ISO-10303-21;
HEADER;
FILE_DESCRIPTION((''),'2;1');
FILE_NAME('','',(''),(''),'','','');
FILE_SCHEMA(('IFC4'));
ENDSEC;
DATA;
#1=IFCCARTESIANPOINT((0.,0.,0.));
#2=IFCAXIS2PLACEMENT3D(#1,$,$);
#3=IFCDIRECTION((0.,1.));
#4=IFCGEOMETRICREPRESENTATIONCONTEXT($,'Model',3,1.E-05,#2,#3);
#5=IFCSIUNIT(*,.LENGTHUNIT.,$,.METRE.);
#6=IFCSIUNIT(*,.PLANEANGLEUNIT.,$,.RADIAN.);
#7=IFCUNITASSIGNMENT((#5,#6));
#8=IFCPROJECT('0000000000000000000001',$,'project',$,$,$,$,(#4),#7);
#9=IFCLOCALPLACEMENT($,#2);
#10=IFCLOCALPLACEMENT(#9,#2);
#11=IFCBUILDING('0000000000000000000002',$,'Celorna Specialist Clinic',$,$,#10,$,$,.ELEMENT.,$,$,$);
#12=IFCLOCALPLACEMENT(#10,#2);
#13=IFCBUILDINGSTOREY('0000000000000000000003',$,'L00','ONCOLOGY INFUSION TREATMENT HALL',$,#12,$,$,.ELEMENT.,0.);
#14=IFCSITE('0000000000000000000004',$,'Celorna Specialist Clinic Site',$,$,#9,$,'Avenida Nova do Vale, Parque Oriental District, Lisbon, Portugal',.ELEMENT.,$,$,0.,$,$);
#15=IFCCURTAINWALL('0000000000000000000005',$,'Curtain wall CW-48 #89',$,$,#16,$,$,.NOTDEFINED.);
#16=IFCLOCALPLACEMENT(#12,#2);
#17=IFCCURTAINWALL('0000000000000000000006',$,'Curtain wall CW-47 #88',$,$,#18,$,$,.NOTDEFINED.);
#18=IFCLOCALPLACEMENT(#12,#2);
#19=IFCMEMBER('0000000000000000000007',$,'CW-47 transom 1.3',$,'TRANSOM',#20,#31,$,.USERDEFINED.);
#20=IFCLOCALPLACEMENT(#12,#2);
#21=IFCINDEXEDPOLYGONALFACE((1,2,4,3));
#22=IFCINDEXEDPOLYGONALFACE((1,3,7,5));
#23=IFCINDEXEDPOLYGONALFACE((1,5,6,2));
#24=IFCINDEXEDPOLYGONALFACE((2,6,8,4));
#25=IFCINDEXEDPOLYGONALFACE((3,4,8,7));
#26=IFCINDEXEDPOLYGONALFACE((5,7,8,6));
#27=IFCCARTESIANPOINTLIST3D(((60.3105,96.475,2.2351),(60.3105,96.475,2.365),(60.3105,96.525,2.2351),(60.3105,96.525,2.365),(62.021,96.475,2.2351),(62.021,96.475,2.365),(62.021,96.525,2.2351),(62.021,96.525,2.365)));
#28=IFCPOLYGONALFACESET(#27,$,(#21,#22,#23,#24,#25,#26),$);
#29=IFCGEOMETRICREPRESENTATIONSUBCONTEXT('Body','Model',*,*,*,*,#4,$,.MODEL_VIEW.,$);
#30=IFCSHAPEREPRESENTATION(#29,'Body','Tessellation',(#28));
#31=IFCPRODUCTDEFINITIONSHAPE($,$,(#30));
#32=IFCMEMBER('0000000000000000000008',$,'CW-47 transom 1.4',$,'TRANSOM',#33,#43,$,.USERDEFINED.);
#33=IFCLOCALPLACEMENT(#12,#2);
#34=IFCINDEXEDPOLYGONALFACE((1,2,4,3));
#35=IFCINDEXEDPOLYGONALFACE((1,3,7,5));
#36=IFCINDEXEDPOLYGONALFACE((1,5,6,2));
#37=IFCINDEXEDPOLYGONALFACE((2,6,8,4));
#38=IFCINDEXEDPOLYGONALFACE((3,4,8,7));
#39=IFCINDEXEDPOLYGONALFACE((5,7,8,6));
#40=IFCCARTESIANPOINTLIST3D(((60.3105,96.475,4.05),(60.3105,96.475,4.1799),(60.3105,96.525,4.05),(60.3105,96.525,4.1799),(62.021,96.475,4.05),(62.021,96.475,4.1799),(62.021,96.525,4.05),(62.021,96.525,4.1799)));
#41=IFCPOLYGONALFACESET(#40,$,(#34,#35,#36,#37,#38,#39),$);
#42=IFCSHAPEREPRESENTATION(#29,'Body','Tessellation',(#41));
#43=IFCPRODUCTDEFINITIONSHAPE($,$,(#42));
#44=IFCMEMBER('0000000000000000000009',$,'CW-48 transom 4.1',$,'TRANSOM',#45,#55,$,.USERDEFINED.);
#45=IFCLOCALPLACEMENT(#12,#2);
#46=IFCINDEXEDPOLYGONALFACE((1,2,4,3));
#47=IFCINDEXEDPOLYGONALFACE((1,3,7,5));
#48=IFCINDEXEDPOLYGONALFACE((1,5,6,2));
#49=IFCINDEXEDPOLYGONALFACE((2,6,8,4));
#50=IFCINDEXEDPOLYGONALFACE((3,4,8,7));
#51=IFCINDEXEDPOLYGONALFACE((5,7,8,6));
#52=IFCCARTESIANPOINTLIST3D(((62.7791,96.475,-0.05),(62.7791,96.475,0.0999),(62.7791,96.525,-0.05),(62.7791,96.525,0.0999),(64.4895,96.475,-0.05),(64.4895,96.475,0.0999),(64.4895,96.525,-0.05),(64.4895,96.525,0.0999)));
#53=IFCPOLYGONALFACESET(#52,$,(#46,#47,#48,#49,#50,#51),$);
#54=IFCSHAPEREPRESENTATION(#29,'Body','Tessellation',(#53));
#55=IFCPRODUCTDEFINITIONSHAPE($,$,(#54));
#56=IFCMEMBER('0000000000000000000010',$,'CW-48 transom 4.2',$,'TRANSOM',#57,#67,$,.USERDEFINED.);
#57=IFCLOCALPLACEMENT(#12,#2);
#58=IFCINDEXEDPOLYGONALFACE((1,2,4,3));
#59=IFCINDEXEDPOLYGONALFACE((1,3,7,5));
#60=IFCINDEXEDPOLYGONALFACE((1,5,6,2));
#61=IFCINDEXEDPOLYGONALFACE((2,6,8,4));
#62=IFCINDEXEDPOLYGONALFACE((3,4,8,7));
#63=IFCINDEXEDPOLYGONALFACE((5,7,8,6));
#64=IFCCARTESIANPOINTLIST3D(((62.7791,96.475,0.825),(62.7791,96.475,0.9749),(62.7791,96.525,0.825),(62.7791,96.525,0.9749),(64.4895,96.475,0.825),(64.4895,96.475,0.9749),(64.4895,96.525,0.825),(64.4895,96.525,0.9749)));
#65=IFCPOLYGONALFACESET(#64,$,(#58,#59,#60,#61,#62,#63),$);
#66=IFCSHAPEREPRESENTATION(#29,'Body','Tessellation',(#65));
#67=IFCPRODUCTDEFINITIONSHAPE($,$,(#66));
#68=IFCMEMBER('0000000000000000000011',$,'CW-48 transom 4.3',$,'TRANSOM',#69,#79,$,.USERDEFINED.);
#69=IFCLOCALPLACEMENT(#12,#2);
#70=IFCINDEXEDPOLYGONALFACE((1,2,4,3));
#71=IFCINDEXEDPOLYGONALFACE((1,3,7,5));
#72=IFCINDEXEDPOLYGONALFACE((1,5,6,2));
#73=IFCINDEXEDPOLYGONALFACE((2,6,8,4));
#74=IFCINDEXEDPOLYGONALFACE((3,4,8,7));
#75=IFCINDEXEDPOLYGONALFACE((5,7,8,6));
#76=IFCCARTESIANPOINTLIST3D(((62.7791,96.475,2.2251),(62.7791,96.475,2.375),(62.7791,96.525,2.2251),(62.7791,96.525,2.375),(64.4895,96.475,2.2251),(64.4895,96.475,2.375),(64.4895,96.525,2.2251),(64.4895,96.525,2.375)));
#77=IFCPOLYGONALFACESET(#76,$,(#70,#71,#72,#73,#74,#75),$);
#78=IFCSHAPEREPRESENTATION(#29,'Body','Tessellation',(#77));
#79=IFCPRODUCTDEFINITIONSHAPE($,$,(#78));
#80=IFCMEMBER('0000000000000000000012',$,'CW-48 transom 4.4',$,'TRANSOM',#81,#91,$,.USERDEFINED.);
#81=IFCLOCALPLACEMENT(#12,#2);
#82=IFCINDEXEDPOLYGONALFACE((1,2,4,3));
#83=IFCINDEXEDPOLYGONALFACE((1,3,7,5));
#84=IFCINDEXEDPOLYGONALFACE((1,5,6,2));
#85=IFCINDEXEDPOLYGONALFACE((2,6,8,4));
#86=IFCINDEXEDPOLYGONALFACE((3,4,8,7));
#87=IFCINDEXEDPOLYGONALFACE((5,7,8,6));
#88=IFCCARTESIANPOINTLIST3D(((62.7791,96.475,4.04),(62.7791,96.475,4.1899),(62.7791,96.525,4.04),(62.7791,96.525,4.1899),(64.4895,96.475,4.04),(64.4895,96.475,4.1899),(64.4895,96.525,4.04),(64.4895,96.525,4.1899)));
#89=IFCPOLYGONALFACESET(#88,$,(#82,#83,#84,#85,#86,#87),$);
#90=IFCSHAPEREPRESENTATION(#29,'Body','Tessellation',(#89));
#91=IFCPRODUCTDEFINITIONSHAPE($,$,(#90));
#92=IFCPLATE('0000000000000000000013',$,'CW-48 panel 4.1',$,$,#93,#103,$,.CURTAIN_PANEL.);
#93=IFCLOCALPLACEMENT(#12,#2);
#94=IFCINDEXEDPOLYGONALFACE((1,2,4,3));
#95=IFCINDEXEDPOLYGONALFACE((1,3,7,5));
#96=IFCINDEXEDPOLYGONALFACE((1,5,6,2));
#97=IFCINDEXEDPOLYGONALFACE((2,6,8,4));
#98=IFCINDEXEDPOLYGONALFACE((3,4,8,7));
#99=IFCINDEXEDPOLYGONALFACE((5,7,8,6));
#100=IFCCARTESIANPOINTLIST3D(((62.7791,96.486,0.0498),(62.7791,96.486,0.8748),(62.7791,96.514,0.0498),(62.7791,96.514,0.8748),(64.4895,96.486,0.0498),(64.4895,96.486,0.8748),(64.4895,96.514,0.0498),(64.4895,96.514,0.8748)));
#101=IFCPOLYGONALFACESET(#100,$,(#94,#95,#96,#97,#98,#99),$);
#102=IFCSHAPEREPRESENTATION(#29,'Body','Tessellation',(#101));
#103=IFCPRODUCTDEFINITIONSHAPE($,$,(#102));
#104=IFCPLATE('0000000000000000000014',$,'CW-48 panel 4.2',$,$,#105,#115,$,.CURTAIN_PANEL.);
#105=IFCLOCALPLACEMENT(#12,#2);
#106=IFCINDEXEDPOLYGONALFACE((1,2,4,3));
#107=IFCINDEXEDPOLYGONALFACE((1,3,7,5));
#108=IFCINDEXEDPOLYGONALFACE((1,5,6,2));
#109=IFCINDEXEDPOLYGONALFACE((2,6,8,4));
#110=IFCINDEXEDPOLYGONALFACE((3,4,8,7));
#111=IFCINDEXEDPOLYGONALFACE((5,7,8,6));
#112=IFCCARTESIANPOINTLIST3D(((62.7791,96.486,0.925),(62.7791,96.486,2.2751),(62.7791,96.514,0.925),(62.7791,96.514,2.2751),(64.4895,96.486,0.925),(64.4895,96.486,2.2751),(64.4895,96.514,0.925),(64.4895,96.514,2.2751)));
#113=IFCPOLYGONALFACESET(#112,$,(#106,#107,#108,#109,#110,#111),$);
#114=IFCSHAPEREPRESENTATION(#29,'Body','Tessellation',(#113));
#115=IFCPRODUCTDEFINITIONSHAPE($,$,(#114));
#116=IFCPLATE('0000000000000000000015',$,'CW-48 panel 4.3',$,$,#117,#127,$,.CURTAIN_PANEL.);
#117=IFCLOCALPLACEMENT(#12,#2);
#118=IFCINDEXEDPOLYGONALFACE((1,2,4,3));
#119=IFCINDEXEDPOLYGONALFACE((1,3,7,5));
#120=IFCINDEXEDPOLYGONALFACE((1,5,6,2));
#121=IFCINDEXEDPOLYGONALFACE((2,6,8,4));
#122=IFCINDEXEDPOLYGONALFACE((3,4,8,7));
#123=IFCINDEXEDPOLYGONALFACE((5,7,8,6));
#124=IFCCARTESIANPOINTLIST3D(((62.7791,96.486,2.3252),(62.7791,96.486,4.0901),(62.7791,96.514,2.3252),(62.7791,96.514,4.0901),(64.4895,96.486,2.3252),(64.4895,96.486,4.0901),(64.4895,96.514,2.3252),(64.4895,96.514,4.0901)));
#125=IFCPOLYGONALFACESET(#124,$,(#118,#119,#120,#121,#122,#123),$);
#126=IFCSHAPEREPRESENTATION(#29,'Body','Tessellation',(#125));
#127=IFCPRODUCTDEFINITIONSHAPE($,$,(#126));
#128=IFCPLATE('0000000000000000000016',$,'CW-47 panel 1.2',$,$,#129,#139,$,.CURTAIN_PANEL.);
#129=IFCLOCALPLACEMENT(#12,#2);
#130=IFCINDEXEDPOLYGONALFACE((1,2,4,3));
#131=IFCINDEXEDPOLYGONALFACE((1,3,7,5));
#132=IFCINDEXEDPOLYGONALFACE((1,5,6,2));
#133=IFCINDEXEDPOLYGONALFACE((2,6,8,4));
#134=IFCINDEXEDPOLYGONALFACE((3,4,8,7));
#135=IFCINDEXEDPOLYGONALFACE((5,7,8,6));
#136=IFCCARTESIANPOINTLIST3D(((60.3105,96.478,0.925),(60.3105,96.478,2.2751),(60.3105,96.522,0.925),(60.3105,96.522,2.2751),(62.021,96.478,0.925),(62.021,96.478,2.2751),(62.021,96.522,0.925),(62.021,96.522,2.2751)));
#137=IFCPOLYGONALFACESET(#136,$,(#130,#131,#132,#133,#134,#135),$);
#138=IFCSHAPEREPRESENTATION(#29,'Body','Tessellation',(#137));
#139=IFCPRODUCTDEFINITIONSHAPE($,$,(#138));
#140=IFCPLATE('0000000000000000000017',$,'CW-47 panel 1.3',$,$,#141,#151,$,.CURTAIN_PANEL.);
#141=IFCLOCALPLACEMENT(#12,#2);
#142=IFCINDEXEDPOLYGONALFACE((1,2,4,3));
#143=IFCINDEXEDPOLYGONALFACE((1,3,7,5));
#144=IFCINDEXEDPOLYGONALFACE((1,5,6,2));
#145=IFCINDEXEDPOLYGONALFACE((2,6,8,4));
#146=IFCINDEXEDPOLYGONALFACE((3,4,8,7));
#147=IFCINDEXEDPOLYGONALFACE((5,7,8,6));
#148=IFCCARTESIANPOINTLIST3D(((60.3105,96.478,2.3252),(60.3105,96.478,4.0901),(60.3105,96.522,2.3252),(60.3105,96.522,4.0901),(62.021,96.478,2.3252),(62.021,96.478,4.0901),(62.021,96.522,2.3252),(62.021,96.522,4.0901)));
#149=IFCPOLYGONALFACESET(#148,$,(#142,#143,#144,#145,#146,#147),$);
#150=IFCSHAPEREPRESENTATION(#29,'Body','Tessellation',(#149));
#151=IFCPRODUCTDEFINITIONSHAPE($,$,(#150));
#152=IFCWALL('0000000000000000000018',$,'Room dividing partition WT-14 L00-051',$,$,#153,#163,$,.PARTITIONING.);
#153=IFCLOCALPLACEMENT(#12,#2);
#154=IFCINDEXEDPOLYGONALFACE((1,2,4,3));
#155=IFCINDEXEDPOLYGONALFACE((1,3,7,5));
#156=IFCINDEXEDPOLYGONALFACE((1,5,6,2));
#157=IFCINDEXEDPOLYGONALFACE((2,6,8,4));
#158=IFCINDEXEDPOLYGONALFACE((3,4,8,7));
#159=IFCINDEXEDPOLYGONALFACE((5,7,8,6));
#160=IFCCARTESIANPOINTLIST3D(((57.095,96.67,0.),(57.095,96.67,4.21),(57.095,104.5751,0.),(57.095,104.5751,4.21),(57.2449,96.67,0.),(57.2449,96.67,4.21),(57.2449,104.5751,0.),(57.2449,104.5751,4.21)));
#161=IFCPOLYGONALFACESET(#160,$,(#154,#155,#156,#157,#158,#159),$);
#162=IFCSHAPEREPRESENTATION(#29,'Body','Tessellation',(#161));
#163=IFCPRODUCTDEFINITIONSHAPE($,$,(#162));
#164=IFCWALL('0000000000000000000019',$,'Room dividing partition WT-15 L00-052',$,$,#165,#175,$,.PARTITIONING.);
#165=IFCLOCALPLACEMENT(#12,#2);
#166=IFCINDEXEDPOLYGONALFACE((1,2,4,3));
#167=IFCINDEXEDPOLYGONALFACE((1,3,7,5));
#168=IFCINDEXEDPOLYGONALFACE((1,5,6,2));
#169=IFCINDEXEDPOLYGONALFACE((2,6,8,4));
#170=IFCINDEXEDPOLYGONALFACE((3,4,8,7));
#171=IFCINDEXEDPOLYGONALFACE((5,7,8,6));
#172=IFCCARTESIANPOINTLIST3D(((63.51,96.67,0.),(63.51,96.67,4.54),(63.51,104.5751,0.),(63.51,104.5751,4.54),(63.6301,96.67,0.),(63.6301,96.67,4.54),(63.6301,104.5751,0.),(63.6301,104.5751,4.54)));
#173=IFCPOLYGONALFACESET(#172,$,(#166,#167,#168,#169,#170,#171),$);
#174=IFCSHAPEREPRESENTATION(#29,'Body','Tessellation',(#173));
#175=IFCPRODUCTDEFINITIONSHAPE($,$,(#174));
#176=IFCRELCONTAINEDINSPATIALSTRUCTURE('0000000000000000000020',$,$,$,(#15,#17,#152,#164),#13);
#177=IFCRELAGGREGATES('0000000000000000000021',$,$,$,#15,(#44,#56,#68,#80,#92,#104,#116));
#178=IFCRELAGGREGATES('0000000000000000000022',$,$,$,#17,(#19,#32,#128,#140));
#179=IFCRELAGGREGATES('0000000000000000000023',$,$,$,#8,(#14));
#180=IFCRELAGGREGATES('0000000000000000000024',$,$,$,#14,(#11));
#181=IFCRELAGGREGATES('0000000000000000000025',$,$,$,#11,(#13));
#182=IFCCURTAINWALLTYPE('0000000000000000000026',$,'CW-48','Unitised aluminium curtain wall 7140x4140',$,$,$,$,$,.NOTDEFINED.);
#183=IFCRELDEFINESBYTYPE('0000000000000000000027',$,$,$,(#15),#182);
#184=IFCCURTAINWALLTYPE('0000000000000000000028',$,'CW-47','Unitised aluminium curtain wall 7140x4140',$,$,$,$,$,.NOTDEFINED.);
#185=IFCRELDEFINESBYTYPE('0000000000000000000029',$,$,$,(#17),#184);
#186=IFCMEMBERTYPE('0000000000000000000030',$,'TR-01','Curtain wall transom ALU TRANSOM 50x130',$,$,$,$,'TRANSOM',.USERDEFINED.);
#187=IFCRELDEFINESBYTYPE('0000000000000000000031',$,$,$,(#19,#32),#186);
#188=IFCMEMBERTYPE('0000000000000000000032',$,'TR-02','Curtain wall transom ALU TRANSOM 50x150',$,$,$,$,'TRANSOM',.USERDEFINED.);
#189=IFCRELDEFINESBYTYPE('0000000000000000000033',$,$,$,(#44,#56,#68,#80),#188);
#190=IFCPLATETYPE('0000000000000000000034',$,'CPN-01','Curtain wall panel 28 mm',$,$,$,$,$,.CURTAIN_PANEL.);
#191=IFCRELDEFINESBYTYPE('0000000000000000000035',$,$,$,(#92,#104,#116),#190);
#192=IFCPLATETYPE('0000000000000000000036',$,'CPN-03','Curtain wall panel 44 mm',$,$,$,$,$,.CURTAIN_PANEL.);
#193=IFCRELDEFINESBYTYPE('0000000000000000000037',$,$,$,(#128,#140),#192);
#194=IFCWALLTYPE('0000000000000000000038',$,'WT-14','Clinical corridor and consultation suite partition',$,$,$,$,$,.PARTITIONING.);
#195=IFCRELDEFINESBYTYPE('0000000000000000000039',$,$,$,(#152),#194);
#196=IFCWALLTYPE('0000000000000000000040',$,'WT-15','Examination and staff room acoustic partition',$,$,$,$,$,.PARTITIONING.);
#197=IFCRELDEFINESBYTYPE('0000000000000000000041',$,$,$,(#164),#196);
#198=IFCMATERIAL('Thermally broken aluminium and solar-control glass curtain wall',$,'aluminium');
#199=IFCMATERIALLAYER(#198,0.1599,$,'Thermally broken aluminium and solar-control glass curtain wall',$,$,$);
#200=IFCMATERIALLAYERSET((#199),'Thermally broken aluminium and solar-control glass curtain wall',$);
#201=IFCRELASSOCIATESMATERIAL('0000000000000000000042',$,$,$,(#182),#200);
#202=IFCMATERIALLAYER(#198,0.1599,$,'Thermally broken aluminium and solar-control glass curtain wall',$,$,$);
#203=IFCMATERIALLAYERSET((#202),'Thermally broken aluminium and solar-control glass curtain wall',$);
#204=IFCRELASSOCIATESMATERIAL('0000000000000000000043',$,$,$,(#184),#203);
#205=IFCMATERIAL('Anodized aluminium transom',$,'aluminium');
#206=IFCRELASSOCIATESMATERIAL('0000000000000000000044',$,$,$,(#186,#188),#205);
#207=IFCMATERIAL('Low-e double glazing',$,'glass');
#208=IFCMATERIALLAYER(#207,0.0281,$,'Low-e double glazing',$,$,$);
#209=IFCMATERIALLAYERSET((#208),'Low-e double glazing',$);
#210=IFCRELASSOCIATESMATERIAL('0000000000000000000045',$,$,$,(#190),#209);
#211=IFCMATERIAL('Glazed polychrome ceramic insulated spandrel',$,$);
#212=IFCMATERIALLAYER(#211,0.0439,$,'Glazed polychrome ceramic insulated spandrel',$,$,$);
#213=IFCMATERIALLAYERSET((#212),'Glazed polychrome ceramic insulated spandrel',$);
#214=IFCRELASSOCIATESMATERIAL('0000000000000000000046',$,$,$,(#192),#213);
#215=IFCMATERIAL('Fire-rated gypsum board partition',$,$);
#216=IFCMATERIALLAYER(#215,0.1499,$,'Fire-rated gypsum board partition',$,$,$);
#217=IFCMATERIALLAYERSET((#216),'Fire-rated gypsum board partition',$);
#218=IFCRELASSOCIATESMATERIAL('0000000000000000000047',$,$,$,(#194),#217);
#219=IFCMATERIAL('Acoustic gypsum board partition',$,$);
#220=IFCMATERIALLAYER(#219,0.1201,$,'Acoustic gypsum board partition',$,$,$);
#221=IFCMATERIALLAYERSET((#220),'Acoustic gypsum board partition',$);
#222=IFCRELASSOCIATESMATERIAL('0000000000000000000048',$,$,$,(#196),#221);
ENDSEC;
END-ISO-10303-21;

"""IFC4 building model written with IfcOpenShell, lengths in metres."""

from ifc_helpers import new_model, si_unit, direction, frame, frame_2d, origin, origin_2d, place, context, subcontext, project, spatial, rectangle, extrude, material, layer, layer_set, material_profile, profile_set, type_object, element, aggregate, save


model = new_model("IFC4")

# Units and contexts
model_context = context("Model", 3, precision=1e-05, world=origin(), true_north=direction((0.0, 1.0)))
body_context = subcontext(model_context, "Body", "Model", "MODEL_VIEW")
ifc_project = project(units=[si_unit("LENGTHUNIT", "METRE"), si_unit("PLANEANGLEUNIT", "RADIAN")], contexts=[model_context])

# Site, building, storey
site_placement = place(None, origin())
site = spatial("IfcSite", under=ifc_project, at=site_placement, Name="Celorna Specialist Clinic Site", LongName="Avenida Nova do Vale, Parque Oriental District, Lisbon, Portugal", CompositionType="ELEMENT", RefElevation=0.0)
building_placement = place(site_placement, origin())
building = spatial("IfcBuilding", under=site, at=building_placement, Name="Celorna Specialist Clinic", CompositionType="ELEMENT")
storey_placement = place(building_placement, origin())
storey = spatial("IfcBuildingStorey", under=building, at=storey_placement, Name="L00", Description="ONCOLOGY INFUSION TREATMENT HALL", CompositionType="ELEMENT", Elevation=0.0)

# Curtain walls, members
ifc_material_1 = material(Name="Thermally broken aluminium and solar-control glass curtain wall", Category="aluminium")
ifc_layer_1 = layer(ifc_material_1, 0.1599, Name="Thermally broken aluminium and solar-control glass curtain wall")
ifc_layer_set_1 = layer_set([ifc_layer_1], Name="Thermally broken aluminium and solar-control glass curtain wall")
curtain_wall_type_1 = type_object("IfcCurtainWallType", Name="CW-48", Description="Unitised aluminium curtain wall 7140x4140", PredefinedType="NOTDEFINED", material=ifc_layer_set_1)
curtain_wall_1_placement = place(storey_placement, origin())
curtain_wall_1 = element("IfcCurtainWall", 1, at=curtain_wall_1_placement, inside=storey, type_object=curtain_wall_type_1, Name="Curtain wall CW-48 #89", PredefinedType="NOTDEFINED")
ifc_layer_2 = layer(ifc_material_1, 0.1599, Name="Thermally broken aluminium and solar-control glass curtain wall")
ifc_layer_set_2 = layer_set([ifc_layer_2], Name="Thermally broken aluminium and solar-control glass curtain wall")
curtain_wall_type_2 = type_object("IfcCurtainWallType", Name="CW-47", Description="Unitised aluminium curtain wall 7140x4140", PredefinedType="NOTDEFINED", material=ifc_layer_set_2)
curtain_wall_2_placement = place(storey_placement, origin())
curtain_wall_2 = element("IfcCurtainWall", 2, at=curtain_wall_2_placement, inside=storey, type_object=curtain_wall_type_2, Name="Curtain wall CW-47 #88", PredefinedType="NOTDEFINED")
ifc_material_2 = material(Name="Anodized aluminium transom", Category="aluminium")
ifc_material_profile_1 = material_profile(ifc_material_2, rectangle(XDim=0.05, YDim=0.1299, at=origin_2d()), Name="ALU TRANSOM 50x130")
ifc_profile_set_1 = profile_set([ifc_material_profile_1], Name="Anodized aluminium transom")
member_type_1 = type_object("IfcMemberType", Name="TR-01", Description="Curtain wall transom ALU TRANSOM 50x130", ElementType="TRANSOM", PredefinedType="USERDEFINED", material=ifc_profile_set_1)
member_1_placement = place(storey_placement, frame((62.021, 96.5, 2.3), z_axis=(-1.0, 0.0, 0.0), x_axis=(0.0, -1.0, 0.0)))
member_1 = element("IfcMember", 3, at=member_1_placement, type_object=member_type_1, Name="CW-47 transom 1.3", ObjectType="TRANSOM", PredefinedType="USERDEFINED", context=body_context, shape_type="SweptSolid", body=[
    extrude(rectangle(XDim=0.05, YDim=0.1299, at=origin_2d()), origin(), (0.0, 0.0, 1.0), 1.7104),
])
member_2_placement = place(storey_placement, frame((62.021, 96.5, 4.115), z_axis=(-1.0, 0.0, 0.0), x_axis=(0.0, -1.0, 0.0)))
member_2 = element("IfcMember", 4, at=member_2_placement, type_object=member_type_1, Name="CW-47 transom 1.4", ObjectType="TRANSOM", PredefinedType="USERDEFINED", context=body_context, shape_type="SweptSolid", body=[
    extrude(rectangle(XDim=0.05, YDim=0.1299, at=origin_2d()), origin(), (0.0, 0.0, 1.0), 1.7104),
])

# Members
ifc_material_profile_2 = material_profile(ifc_material_2, rectangle(XDim=0.05, YDim=0.1499, at=origin_2d()), Name="ALU TRANSOM 50x150")
ifc_profile_set_2 = profile_set([ifc_material_profile_2], Name="Anodized aluminium transom")
member_type_2 = type_object("IfcMemberType", Name="TR-02", Description="Curtain wall transom ALU TRANSOM 50x150", ElementType="TRANSOM", PredefinedType="USERDEFINED", material=ifc_profile_set_2)
member_3_placement = place(storey_placement, frame((64.4895, 96.5, 0.0249), z_axis=(-1.0, 0.0, 0.0), x_axis=(0.0, -1.0, 0.0)))
member_3 = element("IfcMember", 5, at=member_3_placement, type_object=member_type_2, Name="CW-48 transom 4.1", ObjectType="TRANSOM", PredefinedType="USERDEFINED", context=body_context, shape_type="SweptSolid", body=[
    extrude(rectangle(XDim=0.05, YDim=0.1499, at=origin_2d()), origin(), (0.0, 0.0, 1.0), 1.7104),
])
member_4_placement = place(storey_placement, frame((64.4895, 96.5, 0.8999), z_axis=(-1.0, 0.0, 0.0), x_axis=(0.0, -1.0, 0.0)))
member_4 = element("IfcMember", 6, at=member_4_placement, type_object=member_type_2, Name="CW-48 transom 4.2", ObjectType="TRANSOM", PredefinedType="USERDEFINED", context=body_context, shape_type="SweptSolid", body=[
    extrude(rectangle(XDim=0.05, YDim=0.1499, at=origin_2d()), origin(), (0.0, 0.0, 1.0), 1.7104),
])
member_5_placement = place(storey_placement, frame((64.4895, 96.5, 2.3), z_axis=(-1.0, 0.0, 0.0), x_axis=(0.0, -1.0, 0.0)))
member_5 = element("IfcMember", 7, at=member_5_placement, type_object=member_type_2, Name="CW-48 transom 4.3", ObjectType="TRANSOM", PredefinedType="USERDEFINED", context=body_context, shape_type="SweptSolid", body=[
    extrude(rectangle(XDim=0.05, YDim=0.1499, at=origin_2d()), origin(), (0.0, 0.0, 1.0), 1.7104),
])
member_6_placement = place(storey_placement, frame((64.4895, 96.5, 4.115), z_axis=(-1.0, 0.0, 0.0), x_axis=(0.0, -1.0, 0.0)))
member_6 = element("IfcMember", 8, at=member_6_placement, type_object=member_type_2, Name="CW-48 transom 4.4", ObjectType="TRANSOM", PredefinedType="USERDEFINED", context=body_context, shape_type="SweptSolid", body=[
    extrude(rectangle(XDim=0.05, YDim=0.1499, at=origin_2d()), origin(), (0.0, 0.0, 1.0), 1.7104),
])

# Plates
ifc_material_3 = material(Name="Low-e double glazing", Category="glass")
ifc_layer_3 = layer(ifc_material_3, 0.0281, Name="Low-e double glazing")
ifc_layer_set_3 = layer_set([ifc_layer_3], Name="Low-e double glazing")
plate_type_1 = type_object("IfcPlateType", Name="CPN-01", Description="Curtain wall panel 28 mm", PredefinedType="CURTAIN_PANEL", material=ifc_layer_set_3)
plate_1_placement = place(storey_placement, frame((63.6343, 96.5, 0.0498), z_axis=(0.0, 0.0, 1.0), x_axis=(-1.0, 0.0, 0.0)))
plate_1 = element("IfcPlate", 9, at=plate_1_placement, type_object=plate_type_1, Name="CW-48 panel 4.1", PredefinedType="CURTAIN_PANEL", context=body_context, shape_type="SweptSolid", body=[
    extrude(rectangle(XDim=1.7104, YDim=0.0281, at=origin_2d()), origin(), (0.0, 0.0, 1.0), 0.825),
])
plate_2_placement = place(storey_placement, frame((63.6343, 96.5, 0.925), z_axis=(0.0, 0.0, 1.0), x_axis=(-1.0, 0.0, 0.0)))
plate_2 = element("IfcPlate", 10, at=plate_2_placement, type_object=plate_type_1, Name="CW-48 panel 4.2", PredefinedType="CURTAIN_PANEL", context=body_context, shape_type="SweptSolid", body=[
    extrude(rectangle(XDim=1.7104, YDim=0.0281, at=origin_2d()), origin(), (0.0, 0.0, 1.0), 1.3501),
])
plate_3_placement = place(storey_placement, frame((63.6343, 96.5, 2.3252), z_axis=(0.0, 0.0, 1.0), x_axis=(-1.0, 0.0, 0.0)))
plate_3 = element("IfcPlate", 11, at=plate_3_placement, type_object=plate_type_1, Name="CW-48 panel 4.3", PredefinedType="CURTAIN_PANEL", context=body_context, shape_type="SweptSolid", body=[
    extrude(rectangle(XDim=1.7104, YDim=0.0281, at=origin_2d()), origin(), (0.0, 0.0, 1.0), 1.7649),
])
aggregate(curtain_wall_1, [member_3, member_4, member_5, member_6, plate_1, plate_2, plate_3])
ifc_material_4 = material(Name="Glazed polychrome ceramic insulated spandrel")
ifc_layer_4 = layer(ifc_material_4, 0.0439, Name="Glazed polychrome ceramic insulated spandrel")
ifc_layer_set_4 = layer_set([ifc_layer_4], Name="Glazed polychrome ceramic insulated spandrel")
plate_type_2 = type_object("IfcPlateType", Name="CPN-03", Description="Curtain wall panel 44 mm", PredefinedType="CURTAIN_PANEL", material=ifc_layer_set_4)
plate_4_placement = place(storey_placement, frame((61.1658, 96.5, 0.925), z_axis=(0.0, 0.0, 1.0), x_axis=(-1.0, 0.0, 0.0)))
plate_4 = element("IfcPlate", 12, at=plate_4_placement, type_object=plate_type_2, Name="CW-47 panel 1.2", PredefinedType="CURTAIN_PANEL", context=body_context, shape_type="SweptSolid", body=[
    extrude(rectangle(XDim=1.7104, YDim=0.0439, at=origin_2d()), origin(), (0.0, 0.0, 1.0), 1.3501),
])
plate_5_placement = place(storey_placement, frame((61.1658, 96.5, 2.3252), z_axis=(0.0, 0.0, 1.0), x_axis=(-1.0, 0.0, 0.0)))
plate_5 = element("IfcPlate", 13, at=plate_5_placement, type_object=plate_type_2, Name="CW-47 panel 1.3", PredefinedType="CURTAIN_PANEL", context=body_context, shape_type="SweptSolid", body=[
    extrude(rectangle(XDim=1.7104, YDim=0.0439, at=origin_2d()), origin(), (0.0, 0.0, 1.0), 1.7649),
])
aggregate(curtain_wall_2, [member_1, member_2, plate_4, plate_5])

# Walls
ifc_material_5 = material(Name="Fire-rated gypsum board partition")
ifc_layer_5 = layer(ifc_material_5, 0.1499, Name="Fire-rated gypsum board partition")
ifc_layer_set_5 = layer_set([ifc_layer_5], Name="Fire-rated gypsum board partition")
wall_type_1 = type_object("IfcWallType", Name="WT-14", Description="Clinical corridor and consultation suite partition", PredefinedType="PARTITIONING", material=ifc_layer_set_5)
wall_1_placement = place(storey_placement, frame((57.1699, 96.6699, 0.0), z_axis=(0.0, 0.0, 1.0), x_axis=(0.0, 1.0, 0.0)))
element("IfcWall", 14, at=wall_1_placement, inside=storey, type_object=wall_type_1, Name="Room dividing partition WT-14 L00-051", PredefinedType="PARTITIONING", context=body_context, shape_type="SweptSolid", body=[
    extrude(rectangle(XDim=7.905, YDim=0.1499, at=frame_2d((3.9526, 0.0))), origin(), (0.0, 0.0, 1.0), 4.21),
])
ifc_material_6 = material(Name="Acoustic gypsum board partition")
ifc_layer_6 = layer(ifc_material_6, 0.1201, Name="Acoustic gypsum board partition")
ifc_layer_set_6 = layer_set([ifc_layer_6], Name="Acoustic gypsum board partition")
wall_type_2 = type_object("IfcWallType", Name="WT-15", Description="Examination and staff room acoustic partition", PredefinedType="PARTITIONING", material=ifc_layer_set_6)
wall_2_placement = place(storey_placement, frame((63.5701, 96.6699, 0.0), z_axis=(0.0, 0.0, 1.0), x_axis=(0.0, 1.0, 0.0)))
element("IfcWall", 15, at=wall_2_placement, inside=storey, type_object=wall_type_2, Name="Room dividing partition WT-15 L00-052", PredefinedType="PARTITIONING", context=body_context, shape_type="SweptSolid", body=[
    extrude(rectangle(XDim=7.905, YDim=0.1201, at=frame_2d((3.9526, 0.0))), origin(), (0.0, 0.0, 1.0), 4.54),
])

save(model, "model.ifc")
